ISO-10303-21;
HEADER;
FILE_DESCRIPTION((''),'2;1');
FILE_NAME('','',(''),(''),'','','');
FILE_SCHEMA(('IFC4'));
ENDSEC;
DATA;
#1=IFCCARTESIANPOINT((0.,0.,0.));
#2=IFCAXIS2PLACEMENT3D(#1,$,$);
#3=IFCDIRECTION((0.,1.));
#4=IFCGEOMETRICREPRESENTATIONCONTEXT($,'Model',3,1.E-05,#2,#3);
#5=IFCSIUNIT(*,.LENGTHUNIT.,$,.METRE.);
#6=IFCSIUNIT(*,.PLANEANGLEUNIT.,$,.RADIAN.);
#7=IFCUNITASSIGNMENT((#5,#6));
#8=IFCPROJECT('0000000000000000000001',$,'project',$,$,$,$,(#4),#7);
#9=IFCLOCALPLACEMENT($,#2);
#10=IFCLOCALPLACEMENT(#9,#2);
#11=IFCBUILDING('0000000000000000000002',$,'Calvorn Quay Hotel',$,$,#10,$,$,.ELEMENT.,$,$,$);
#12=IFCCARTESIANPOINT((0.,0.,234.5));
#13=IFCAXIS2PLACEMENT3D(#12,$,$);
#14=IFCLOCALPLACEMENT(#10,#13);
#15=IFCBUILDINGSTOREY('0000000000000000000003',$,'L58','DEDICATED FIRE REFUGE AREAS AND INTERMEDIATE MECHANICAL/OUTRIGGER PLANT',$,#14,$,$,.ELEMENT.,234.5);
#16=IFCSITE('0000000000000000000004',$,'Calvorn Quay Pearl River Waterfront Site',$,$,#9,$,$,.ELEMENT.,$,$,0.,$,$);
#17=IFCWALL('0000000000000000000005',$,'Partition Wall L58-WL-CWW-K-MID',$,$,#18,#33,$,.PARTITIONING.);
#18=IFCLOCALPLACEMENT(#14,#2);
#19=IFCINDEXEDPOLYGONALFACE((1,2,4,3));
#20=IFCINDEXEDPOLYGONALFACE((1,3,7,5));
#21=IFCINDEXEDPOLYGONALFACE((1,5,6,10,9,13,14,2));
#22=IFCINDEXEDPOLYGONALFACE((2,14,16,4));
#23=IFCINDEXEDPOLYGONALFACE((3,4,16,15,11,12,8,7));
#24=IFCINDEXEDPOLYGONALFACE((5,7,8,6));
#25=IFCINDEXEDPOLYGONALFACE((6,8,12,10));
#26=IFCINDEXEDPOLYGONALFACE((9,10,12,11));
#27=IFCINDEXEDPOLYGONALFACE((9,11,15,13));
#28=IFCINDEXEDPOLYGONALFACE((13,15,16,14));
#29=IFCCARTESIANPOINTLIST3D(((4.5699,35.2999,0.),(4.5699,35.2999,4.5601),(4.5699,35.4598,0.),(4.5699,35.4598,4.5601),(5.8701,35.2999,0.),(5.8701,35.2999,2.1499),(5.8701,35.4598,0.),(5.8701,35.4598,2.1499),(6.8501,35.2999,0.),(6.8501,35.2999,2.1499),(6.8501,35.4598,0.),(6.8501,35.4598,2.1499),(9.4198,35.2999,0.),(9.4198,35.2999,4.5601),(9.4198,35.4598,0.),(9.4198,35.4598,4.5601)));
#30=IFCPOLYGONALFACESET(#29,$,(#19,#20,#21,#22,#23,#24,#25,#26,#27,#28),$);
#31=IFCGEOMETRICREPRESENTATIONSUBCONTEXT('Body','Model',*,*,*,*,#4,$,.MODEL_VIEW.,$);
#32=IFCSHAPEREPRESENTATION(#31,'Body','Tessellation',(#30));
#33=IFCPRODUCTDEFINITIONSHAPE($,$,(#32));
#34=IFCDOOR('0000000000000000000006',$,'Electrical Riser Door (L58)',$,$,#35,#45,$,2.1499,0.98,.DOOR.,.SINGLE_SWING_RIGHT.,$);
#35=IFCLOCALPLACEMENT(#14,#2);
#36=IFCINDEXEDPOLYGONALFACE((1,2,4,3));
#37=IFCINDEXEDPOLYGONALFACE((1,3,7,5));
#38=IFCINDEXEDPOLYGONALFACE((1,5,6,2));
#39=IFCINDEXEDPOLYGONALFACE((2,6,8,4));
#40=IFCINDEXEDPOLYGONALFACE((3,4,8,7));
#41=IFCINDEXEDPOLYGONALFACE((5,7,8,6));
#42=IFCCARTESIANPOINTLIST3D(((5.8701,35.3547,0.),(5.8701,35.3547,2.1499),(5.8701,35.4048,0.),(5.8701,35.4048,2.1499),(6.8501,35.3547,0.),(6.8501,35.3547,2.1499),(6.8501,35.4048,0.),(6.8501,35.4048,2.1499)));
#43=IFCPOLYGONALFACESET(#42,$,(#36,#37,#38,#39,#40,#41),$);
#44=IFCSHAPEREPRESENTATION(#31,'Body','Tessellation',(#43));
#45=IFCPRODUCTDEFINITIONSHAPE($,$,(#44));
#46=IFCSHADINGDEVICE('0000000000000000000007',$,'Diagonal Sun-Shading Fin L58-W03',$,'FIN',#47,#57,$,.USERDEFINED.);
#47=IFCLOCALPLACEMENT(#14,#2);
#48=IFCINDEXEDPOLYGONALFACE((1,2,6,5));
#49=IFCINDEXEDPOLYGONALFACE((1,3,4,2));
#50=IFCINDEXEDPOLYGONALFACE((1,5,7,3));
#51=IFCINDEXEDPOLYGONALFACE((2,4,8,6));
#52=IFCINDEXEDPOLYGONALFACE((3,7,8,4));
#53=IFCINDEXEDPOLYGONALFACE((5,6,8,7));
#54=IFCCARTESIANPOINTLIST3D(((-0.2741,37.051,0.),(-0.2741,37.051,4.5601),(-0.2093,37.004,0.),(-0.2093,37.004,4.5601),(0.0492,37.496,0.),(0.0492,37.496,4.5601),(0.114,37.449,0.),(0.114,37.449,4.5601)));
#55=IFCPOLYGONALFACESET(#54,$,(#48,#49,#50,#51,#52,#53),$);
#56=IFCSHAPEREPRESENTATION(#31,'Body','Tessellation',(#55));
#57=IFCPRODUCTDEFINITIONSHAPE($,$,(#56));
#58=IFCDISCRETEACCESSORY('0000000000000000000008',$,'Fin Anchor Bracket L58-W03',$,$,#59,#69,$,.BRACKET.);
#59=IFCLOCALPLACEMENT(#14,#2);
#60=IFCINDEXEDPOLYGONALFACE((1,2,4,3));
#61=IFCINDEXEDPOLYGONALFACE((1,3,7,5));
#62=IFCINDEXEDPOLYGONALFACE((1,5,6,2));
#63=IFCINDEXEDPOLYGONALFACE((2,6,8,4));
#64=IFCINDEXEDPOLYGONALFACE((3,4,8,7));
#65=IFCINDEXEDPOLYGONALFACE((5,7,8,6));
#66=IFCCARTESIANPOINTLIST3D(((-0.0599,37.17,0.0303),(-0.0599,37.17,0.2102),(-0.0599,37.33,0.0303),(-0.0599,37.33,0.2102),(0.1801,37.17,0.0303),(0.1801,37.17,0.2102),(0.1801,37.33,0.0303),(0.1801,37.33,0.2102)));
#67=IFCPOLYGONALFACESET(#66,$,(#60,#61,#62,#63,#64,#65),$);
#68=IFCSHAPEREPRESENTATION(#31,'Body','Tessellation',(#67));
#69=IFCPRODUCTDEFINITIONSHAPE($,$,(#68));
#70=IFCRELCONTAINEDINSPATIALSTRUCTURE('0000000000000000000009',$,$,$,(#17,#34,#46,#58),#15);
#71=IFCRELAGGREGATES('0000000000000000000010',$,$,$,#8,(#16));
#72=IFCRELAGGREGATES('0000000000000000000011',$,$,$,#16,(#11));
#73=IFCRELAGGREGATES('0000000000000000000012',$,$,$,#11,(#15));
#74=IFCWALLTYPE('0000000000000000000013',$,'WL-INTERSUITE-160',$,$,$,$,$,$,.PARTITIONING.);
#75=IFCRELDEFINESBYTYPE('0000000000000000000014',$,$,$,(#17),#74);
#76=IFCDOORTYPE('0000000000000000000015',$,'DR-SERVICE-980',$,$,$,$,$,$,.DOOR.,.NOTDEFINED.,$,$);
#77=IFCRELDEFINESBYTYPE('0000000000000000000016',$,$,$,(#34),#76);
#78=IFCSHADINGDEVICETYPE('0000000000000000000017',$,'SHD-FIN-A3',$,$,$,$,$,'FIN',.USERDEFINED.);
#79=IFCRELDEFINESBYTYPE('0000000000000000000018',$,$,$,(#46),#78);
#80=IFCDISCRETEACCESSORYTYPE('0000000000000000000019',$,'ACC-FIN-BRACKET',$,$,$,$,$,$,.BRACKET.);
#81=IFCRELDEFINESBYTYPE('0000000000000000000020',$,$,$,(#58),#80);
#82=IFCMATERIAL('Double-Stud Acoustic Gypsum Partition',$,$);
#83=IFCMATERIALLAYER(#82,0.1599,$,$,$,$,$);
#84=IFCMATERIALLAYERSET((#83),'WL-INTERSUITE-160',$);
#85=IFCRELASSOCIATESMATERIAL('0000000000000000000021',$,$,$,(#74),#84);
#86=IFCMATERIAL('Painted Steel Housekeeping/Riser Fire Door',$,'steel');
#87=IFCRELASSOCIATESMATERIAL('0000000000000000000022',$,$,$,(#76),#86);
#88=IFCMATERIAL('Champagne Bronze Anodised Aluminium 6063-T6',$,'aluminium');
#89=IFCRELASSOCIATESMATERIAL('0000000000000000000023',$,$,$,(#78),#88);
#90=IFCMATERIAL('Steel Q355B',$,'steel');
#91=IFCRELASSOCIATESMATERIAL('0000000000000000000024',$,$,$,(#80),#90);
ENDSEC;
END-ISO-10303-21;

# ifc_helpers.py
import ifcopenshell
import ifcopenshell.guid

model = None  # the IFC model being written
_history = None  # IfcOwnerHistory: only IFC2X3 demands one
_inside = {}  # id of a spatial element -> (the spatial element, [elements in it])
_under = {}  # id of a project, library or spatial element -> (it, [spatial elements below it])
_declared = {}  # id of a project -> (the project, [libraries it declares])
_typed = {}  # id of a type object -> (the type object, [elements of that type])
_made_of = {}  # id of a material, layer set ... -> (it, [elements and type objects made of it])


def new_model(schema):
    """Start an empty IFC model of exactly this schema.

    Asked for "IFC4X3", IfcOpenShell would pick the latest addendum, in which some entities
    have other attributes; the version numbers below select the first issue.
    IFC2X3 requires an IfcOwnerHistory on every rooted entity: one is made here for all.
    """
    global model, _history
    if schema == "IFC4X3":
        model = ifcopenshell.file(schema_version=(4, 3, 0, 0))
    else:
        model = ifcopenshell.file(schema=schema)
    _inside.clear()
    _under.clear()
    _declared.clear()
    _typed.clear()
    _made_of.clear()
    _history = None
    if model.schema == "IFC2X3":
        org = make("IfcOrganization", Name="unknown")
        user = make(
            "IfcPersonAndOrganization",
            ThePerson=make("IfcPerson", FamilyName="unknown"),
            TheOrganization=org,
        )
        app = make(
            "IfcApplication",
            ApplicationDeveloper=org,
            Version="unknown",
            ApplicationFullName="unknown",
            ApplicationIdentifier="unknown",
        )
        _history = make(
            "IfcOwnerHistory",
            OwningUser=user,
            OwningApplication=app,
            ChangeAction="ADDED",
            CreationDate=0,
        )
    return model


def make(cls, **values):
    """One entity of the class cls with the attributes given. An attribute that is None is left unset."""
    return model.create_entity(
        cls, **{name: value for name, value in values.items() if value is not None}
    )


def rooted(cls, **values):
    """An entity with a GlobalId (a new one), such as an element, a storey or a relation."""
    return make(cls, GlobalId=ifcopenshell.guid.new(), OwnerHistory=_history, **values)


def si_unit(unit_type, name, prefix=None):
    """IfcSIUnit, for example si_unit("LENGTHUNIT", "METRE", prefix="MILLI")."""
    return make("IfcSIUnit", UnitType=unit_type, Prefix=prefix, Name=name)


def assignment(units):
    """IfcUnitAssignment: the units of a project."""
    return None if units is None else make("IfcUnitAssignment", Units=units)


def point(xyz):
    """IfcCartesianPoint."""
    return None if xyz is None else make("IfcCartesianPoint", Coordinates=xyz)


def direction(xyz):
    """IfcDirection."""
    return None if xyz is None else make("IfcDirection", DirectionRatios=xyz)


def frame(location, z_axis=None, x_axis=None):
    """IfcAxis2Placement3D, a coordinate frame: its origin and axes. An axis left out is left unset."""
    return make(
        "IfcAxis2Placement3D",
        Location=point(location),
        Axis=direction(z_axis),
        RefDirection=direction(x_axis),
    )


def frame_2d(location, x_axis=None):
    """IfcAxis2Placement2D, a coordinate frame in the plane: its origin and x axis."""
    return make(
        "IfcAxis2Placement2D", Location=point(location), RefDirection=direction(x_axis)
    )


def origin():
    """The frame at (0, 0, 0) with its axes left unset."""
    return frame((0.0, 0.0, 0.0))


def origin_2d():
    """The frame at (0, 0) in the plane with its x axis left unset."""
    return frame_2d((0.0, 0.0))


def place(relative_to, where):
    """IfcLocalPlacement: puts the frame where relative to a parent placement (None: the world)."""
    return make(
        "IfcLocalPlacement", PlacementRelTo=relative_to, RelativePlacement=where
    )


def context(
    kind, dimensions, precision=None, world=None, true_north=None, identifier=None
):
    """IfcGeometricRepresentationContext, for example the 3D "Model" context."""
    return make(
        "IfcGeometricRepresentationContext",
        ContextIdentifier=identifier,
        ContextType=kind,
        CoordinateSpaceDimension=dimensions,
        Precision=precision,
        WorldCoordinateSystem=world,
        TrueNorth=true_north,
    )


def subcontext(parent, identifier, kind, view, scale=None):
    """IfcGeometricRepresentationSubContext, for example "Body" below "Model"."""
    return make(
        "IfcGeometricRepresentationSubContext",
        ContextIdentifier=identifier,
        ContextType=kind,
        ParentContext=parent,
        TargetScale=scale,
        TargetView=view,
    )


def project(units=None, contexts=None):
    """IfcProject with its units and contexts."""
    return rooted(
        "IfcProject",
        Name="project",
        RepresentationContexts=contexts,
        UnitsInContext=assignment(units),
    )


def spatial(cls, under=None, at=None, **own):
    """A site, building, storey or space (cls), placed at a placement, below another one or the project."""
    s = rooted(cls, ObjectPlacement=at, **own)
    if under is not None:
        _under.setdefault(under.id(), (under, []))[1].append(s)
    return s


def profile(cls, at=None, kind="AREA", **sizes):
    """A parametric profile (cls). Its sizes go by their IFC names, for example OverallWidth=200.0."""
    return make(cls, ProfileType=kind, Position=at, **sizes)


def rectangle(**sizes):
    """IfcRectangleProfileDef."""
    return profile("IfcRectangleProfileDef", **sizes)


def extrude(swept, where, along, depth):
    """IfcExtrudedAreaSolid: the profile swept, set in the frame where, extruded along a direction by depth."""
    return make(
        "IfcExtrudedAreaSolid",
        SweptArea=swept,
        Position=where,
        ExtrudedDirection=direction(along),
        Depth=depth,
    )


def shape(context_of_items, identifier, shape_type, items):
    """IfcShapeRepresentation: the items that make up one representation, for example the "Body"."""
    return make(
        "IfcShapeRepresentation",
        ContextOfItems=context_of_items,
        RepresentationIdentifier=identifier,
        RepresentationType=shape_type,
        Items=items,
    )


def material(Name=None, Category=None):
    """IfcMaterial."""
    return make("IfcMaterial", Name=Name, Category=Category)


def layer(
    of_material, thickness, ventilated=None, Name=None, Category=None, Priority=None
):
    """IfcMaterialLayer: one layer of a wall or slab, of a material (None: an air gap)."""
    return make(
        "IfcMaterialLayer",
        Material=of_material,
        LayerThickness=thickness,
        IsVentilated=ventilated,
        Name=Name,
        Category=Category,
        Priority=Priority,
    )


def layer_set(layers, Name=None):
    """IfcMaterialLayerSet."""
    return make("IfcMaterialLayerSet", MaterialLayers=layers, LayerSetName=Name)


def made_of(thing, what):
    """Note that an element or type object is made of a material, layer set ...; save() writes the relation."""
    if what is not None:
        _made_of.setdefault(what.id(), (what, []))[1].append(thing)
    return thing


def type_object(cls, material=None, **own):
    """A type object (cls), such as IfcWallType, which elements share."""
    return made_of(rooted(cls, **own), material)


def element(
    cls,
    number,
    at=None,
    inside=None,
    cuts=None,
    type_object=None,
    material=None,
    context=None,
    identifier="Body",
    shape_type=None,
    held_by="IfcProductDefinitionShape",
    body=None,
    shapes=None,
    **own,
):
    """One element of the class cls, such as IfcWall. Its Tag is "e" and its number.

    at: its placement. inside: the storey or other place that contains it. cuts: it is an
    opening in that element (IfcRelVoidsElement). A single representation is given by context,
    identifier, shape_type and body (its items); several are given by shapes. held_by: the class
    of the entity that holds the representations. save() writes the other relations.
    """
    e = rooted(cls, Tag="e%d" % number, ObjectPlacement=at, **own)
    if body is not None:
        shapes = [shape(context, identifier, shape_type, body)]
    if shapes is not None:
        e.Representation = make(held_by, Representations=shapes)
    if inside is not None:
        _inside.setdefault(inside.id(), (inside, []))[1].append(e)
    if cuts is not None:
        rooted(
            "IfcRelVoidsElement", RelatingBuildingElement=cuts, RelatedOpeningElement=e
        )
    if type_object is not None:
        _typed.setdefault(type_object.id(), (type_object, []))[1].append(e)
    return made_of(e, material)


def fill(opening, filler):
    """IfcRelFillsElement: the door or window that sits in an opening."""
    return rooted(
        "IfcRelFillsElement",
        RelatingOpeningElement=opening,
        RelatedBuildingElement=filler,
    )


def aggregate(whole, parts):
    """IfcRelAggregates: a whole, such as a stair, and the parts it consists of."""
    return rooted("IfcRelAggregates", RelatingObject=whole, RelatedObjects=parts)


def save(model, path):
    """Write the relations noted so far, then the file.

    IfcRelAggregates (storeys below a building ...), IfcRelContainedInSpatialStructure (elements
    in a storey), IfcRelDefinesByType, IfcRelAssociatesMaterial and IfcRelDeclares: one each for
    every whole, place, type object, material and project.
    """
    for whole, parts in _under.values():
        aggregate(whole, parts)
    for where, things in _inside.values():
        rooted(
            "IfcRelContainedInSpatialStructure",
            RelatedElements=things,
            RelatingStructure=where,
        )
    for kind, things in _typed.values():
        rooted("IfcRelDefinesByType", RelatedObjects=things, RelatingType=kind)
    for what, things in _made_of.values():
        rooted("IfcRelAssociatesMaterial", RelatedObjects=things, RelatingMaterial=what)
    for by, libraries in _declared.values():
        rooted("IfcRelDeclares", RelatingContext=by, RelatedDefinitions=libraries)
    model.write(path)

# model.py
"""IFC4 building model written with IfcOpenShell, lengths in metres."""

from ifc_helpers import new_model, si_unit, direction, frame, frame_2d, origin, origin_2d, place, context, subcontext, project, spatial, rectangle, extrude, material, layer, layer_set, type_object, element, fill, save


model = new_model("IFC4")

# Units and contexts
model_context = context("Model", 3, precision=1e-05, world=origin(), true_north=direction((0.0, 1.0)))
body_context = subcontext(model_context, "Body", "Model", "MODEL_VIEW")
ifc_project = project(units=[si_unit("LENGTHUNIT", "METRE"), si_unit("PLANEANGLEUNIT", "RADIAN")], contexts=[model_context])

# Site, building, storey
site_placement = place(None, origin())
site = spatial("IfcSite", under=ifc_project, at=site_placement, Name="Calvorn Quay Pearl River Waterfront Site", CompositionType="ELEMENT", RefElevation=0.0)
building_placement = place(site_placement, origin())
building = spatial("IfcBuilding", under=site, at=building_placement, Name="Calvorn Quay Hotel", CompositionType="ELEMENT")
storey_placement = place(building_placement, frame((0.0, 0.0, 234.5)))
storey = spatial("IfcBuildingStorey", under=building, at=storey_placement, Name="L58", Description="DEDICATED FIRE REFUGE AREAS AND INTERMEDIATE MECHANICAL/OUTRIGGER PLANT", CompositionType="ELEMENT", Elevation=234.5)

# Wall, opening, door
ifc_material_1 = material(Name="Double-Stud Acoustic Gypsum Partition")
ifc_layer_1 = layer(ifc_material_1, 0.1599)
ifc_layer_set_1 = layer_set([ifc_layer_1], Name="WL-INTERSUITE-160")
wall_type = type_object("IfcWallType", Name="WL-INTERSUITE-160", PredefinedType="PARTITIONING", material=ifc_layer_set_1)
wall_placement = place(storey_placement, frame((4.5701, 35.3799, 0.0), z_axis=(0.0, 0.0, 1.0), x_axis=(1.0, 0.0, 0.0)))
wall = element("IfcWall", 1, at=wall_placement, inside=storey, type_object=wall_type, Name="Partition Wall L58-WL-CWW-K-MID", PredefinedType="PARTITIONING", context=body_context, shape_type="SweptSolid", body=[
    extrude(rectangle(XDim=4.8499, YDim=0.1599, at=frame_2d((2.4248, 0.0))), origin(), (0.0, 0.0, 1.0), 4.5601),
])
opening_placement = place(wall_placement, frame((1.3, 0.0, 0.0)))
opening = element("IfcOpeningElement", 2, at=opening_placement, cuts=wall, PredefinedType="OPENING", context=body_context, shape_type="SweptSolid", body=[
    extrude(rectangle(XDim=0.98, YDim=2.1499, at=frame_2d((0.49, 1.075))), frame((0.0, 0.0898, 0.0), z_axis=(0.0, -1.0, 0.0), x_axis=(1.0, 0.0, 0.0)), (0.0, 0.0, 1.0), 0.1799),
])
ifc_material_2 = material(Name="Painted Steel Housekeeping/Riser Fire Door", Category="steel")
door_type = type_object("IfcDoorType", Name="DR-SERVICE-980", OperationType="NOTDEFINED", PredefinedType="DOOR", material=ifc_material_2)
door_placement = place(opening_placement, origin())
door = element("IfcDoor", 3, at=door_placement, inside=storey, type_object=door_type, Name="Electrical Riser Door (L58)", OperationType="SINGLE_SWING_RIGHT", OverallHeight=2.1499, OverallWidth=0.98, PredefinedType="DOOR", context=body_context, shape_type="SweptSolid", body=[
    extrude(rectangle(XDim=0.98, YDim=2.1499, at=frame_2d((0.49, 1.075))), frame((0.0, 0.0249, 0.0), z_axis=(0.0, -1.0, 0.0), x_axis=(1.0, 0.0, 0.0)), (0.0, 0.0, 1.0), 0.05),
])
fill(opening, door)

# Shading device
ifc_material_3 = material(Name="Champagne Bronze Anodised Aluminium 6063-T6", Category="aluminium")
shading_device_type = type_object("IfcShadingDeviceType", Name="SHD-FIN-A3", ElementType="FIN", PredefinedType="USERDEFINED", material=ifc_material_3)
shading_device_placement = place(storey_placement, frame((-0.0801, 37.25, 0.0), z_axis=(0.0, 0.0, 1.0), x_axis=(0.587785, 0.809017, 0.0)))
element("IfcShadingDevice", 4, at=shading_device_placement, inside=storey, type_object=shading_device_type, Name="Diagonal Sun-Shading Fin L58-W03", ObjectType="FIN", PredefinedType="USERDEFINED", context=body_context, shape_type="SweptSolid", body=[
    extrude(rectangle(XDim=0.55, YDim=0.0801, at=origin_2d()), origin(), (0.0, 0.0, 1.0), 4.5601),
])

# Discrete accessory
ifc_material_4 = material(Name="Steel Q355B", Category="steel")
discrete_accessory_type = type_object("IfcDiscreteAccessoryType", Name="ACC-FIN-BRACKET", PredefinedType="BRACKET", material=ifc_material_4)
discrete_accessory_placement = place(storey_placement, frame((0.0601, 37.25, 0.0303), z_axis=(0.0, 0.0, 1.0), x_axis=(1.0, 0.0, 0.0)))
element("IfcDiscreteAccessory", 5, at=discrete_accessory_placement, inside=storey, type_object=discrete_accessory_type, Name="Fin Anchor Bracket L58-W03", PredefinedType="BRACKET", context=body_context, shape_type="SweptSolid", body=[
    extrude(rectangle(XDim=0.24, YDim=0.1599, at=origin_2d()), origin(), (0.0, 0.0, 1.0), 0.1799),
])

save(model, "model.ifc")
